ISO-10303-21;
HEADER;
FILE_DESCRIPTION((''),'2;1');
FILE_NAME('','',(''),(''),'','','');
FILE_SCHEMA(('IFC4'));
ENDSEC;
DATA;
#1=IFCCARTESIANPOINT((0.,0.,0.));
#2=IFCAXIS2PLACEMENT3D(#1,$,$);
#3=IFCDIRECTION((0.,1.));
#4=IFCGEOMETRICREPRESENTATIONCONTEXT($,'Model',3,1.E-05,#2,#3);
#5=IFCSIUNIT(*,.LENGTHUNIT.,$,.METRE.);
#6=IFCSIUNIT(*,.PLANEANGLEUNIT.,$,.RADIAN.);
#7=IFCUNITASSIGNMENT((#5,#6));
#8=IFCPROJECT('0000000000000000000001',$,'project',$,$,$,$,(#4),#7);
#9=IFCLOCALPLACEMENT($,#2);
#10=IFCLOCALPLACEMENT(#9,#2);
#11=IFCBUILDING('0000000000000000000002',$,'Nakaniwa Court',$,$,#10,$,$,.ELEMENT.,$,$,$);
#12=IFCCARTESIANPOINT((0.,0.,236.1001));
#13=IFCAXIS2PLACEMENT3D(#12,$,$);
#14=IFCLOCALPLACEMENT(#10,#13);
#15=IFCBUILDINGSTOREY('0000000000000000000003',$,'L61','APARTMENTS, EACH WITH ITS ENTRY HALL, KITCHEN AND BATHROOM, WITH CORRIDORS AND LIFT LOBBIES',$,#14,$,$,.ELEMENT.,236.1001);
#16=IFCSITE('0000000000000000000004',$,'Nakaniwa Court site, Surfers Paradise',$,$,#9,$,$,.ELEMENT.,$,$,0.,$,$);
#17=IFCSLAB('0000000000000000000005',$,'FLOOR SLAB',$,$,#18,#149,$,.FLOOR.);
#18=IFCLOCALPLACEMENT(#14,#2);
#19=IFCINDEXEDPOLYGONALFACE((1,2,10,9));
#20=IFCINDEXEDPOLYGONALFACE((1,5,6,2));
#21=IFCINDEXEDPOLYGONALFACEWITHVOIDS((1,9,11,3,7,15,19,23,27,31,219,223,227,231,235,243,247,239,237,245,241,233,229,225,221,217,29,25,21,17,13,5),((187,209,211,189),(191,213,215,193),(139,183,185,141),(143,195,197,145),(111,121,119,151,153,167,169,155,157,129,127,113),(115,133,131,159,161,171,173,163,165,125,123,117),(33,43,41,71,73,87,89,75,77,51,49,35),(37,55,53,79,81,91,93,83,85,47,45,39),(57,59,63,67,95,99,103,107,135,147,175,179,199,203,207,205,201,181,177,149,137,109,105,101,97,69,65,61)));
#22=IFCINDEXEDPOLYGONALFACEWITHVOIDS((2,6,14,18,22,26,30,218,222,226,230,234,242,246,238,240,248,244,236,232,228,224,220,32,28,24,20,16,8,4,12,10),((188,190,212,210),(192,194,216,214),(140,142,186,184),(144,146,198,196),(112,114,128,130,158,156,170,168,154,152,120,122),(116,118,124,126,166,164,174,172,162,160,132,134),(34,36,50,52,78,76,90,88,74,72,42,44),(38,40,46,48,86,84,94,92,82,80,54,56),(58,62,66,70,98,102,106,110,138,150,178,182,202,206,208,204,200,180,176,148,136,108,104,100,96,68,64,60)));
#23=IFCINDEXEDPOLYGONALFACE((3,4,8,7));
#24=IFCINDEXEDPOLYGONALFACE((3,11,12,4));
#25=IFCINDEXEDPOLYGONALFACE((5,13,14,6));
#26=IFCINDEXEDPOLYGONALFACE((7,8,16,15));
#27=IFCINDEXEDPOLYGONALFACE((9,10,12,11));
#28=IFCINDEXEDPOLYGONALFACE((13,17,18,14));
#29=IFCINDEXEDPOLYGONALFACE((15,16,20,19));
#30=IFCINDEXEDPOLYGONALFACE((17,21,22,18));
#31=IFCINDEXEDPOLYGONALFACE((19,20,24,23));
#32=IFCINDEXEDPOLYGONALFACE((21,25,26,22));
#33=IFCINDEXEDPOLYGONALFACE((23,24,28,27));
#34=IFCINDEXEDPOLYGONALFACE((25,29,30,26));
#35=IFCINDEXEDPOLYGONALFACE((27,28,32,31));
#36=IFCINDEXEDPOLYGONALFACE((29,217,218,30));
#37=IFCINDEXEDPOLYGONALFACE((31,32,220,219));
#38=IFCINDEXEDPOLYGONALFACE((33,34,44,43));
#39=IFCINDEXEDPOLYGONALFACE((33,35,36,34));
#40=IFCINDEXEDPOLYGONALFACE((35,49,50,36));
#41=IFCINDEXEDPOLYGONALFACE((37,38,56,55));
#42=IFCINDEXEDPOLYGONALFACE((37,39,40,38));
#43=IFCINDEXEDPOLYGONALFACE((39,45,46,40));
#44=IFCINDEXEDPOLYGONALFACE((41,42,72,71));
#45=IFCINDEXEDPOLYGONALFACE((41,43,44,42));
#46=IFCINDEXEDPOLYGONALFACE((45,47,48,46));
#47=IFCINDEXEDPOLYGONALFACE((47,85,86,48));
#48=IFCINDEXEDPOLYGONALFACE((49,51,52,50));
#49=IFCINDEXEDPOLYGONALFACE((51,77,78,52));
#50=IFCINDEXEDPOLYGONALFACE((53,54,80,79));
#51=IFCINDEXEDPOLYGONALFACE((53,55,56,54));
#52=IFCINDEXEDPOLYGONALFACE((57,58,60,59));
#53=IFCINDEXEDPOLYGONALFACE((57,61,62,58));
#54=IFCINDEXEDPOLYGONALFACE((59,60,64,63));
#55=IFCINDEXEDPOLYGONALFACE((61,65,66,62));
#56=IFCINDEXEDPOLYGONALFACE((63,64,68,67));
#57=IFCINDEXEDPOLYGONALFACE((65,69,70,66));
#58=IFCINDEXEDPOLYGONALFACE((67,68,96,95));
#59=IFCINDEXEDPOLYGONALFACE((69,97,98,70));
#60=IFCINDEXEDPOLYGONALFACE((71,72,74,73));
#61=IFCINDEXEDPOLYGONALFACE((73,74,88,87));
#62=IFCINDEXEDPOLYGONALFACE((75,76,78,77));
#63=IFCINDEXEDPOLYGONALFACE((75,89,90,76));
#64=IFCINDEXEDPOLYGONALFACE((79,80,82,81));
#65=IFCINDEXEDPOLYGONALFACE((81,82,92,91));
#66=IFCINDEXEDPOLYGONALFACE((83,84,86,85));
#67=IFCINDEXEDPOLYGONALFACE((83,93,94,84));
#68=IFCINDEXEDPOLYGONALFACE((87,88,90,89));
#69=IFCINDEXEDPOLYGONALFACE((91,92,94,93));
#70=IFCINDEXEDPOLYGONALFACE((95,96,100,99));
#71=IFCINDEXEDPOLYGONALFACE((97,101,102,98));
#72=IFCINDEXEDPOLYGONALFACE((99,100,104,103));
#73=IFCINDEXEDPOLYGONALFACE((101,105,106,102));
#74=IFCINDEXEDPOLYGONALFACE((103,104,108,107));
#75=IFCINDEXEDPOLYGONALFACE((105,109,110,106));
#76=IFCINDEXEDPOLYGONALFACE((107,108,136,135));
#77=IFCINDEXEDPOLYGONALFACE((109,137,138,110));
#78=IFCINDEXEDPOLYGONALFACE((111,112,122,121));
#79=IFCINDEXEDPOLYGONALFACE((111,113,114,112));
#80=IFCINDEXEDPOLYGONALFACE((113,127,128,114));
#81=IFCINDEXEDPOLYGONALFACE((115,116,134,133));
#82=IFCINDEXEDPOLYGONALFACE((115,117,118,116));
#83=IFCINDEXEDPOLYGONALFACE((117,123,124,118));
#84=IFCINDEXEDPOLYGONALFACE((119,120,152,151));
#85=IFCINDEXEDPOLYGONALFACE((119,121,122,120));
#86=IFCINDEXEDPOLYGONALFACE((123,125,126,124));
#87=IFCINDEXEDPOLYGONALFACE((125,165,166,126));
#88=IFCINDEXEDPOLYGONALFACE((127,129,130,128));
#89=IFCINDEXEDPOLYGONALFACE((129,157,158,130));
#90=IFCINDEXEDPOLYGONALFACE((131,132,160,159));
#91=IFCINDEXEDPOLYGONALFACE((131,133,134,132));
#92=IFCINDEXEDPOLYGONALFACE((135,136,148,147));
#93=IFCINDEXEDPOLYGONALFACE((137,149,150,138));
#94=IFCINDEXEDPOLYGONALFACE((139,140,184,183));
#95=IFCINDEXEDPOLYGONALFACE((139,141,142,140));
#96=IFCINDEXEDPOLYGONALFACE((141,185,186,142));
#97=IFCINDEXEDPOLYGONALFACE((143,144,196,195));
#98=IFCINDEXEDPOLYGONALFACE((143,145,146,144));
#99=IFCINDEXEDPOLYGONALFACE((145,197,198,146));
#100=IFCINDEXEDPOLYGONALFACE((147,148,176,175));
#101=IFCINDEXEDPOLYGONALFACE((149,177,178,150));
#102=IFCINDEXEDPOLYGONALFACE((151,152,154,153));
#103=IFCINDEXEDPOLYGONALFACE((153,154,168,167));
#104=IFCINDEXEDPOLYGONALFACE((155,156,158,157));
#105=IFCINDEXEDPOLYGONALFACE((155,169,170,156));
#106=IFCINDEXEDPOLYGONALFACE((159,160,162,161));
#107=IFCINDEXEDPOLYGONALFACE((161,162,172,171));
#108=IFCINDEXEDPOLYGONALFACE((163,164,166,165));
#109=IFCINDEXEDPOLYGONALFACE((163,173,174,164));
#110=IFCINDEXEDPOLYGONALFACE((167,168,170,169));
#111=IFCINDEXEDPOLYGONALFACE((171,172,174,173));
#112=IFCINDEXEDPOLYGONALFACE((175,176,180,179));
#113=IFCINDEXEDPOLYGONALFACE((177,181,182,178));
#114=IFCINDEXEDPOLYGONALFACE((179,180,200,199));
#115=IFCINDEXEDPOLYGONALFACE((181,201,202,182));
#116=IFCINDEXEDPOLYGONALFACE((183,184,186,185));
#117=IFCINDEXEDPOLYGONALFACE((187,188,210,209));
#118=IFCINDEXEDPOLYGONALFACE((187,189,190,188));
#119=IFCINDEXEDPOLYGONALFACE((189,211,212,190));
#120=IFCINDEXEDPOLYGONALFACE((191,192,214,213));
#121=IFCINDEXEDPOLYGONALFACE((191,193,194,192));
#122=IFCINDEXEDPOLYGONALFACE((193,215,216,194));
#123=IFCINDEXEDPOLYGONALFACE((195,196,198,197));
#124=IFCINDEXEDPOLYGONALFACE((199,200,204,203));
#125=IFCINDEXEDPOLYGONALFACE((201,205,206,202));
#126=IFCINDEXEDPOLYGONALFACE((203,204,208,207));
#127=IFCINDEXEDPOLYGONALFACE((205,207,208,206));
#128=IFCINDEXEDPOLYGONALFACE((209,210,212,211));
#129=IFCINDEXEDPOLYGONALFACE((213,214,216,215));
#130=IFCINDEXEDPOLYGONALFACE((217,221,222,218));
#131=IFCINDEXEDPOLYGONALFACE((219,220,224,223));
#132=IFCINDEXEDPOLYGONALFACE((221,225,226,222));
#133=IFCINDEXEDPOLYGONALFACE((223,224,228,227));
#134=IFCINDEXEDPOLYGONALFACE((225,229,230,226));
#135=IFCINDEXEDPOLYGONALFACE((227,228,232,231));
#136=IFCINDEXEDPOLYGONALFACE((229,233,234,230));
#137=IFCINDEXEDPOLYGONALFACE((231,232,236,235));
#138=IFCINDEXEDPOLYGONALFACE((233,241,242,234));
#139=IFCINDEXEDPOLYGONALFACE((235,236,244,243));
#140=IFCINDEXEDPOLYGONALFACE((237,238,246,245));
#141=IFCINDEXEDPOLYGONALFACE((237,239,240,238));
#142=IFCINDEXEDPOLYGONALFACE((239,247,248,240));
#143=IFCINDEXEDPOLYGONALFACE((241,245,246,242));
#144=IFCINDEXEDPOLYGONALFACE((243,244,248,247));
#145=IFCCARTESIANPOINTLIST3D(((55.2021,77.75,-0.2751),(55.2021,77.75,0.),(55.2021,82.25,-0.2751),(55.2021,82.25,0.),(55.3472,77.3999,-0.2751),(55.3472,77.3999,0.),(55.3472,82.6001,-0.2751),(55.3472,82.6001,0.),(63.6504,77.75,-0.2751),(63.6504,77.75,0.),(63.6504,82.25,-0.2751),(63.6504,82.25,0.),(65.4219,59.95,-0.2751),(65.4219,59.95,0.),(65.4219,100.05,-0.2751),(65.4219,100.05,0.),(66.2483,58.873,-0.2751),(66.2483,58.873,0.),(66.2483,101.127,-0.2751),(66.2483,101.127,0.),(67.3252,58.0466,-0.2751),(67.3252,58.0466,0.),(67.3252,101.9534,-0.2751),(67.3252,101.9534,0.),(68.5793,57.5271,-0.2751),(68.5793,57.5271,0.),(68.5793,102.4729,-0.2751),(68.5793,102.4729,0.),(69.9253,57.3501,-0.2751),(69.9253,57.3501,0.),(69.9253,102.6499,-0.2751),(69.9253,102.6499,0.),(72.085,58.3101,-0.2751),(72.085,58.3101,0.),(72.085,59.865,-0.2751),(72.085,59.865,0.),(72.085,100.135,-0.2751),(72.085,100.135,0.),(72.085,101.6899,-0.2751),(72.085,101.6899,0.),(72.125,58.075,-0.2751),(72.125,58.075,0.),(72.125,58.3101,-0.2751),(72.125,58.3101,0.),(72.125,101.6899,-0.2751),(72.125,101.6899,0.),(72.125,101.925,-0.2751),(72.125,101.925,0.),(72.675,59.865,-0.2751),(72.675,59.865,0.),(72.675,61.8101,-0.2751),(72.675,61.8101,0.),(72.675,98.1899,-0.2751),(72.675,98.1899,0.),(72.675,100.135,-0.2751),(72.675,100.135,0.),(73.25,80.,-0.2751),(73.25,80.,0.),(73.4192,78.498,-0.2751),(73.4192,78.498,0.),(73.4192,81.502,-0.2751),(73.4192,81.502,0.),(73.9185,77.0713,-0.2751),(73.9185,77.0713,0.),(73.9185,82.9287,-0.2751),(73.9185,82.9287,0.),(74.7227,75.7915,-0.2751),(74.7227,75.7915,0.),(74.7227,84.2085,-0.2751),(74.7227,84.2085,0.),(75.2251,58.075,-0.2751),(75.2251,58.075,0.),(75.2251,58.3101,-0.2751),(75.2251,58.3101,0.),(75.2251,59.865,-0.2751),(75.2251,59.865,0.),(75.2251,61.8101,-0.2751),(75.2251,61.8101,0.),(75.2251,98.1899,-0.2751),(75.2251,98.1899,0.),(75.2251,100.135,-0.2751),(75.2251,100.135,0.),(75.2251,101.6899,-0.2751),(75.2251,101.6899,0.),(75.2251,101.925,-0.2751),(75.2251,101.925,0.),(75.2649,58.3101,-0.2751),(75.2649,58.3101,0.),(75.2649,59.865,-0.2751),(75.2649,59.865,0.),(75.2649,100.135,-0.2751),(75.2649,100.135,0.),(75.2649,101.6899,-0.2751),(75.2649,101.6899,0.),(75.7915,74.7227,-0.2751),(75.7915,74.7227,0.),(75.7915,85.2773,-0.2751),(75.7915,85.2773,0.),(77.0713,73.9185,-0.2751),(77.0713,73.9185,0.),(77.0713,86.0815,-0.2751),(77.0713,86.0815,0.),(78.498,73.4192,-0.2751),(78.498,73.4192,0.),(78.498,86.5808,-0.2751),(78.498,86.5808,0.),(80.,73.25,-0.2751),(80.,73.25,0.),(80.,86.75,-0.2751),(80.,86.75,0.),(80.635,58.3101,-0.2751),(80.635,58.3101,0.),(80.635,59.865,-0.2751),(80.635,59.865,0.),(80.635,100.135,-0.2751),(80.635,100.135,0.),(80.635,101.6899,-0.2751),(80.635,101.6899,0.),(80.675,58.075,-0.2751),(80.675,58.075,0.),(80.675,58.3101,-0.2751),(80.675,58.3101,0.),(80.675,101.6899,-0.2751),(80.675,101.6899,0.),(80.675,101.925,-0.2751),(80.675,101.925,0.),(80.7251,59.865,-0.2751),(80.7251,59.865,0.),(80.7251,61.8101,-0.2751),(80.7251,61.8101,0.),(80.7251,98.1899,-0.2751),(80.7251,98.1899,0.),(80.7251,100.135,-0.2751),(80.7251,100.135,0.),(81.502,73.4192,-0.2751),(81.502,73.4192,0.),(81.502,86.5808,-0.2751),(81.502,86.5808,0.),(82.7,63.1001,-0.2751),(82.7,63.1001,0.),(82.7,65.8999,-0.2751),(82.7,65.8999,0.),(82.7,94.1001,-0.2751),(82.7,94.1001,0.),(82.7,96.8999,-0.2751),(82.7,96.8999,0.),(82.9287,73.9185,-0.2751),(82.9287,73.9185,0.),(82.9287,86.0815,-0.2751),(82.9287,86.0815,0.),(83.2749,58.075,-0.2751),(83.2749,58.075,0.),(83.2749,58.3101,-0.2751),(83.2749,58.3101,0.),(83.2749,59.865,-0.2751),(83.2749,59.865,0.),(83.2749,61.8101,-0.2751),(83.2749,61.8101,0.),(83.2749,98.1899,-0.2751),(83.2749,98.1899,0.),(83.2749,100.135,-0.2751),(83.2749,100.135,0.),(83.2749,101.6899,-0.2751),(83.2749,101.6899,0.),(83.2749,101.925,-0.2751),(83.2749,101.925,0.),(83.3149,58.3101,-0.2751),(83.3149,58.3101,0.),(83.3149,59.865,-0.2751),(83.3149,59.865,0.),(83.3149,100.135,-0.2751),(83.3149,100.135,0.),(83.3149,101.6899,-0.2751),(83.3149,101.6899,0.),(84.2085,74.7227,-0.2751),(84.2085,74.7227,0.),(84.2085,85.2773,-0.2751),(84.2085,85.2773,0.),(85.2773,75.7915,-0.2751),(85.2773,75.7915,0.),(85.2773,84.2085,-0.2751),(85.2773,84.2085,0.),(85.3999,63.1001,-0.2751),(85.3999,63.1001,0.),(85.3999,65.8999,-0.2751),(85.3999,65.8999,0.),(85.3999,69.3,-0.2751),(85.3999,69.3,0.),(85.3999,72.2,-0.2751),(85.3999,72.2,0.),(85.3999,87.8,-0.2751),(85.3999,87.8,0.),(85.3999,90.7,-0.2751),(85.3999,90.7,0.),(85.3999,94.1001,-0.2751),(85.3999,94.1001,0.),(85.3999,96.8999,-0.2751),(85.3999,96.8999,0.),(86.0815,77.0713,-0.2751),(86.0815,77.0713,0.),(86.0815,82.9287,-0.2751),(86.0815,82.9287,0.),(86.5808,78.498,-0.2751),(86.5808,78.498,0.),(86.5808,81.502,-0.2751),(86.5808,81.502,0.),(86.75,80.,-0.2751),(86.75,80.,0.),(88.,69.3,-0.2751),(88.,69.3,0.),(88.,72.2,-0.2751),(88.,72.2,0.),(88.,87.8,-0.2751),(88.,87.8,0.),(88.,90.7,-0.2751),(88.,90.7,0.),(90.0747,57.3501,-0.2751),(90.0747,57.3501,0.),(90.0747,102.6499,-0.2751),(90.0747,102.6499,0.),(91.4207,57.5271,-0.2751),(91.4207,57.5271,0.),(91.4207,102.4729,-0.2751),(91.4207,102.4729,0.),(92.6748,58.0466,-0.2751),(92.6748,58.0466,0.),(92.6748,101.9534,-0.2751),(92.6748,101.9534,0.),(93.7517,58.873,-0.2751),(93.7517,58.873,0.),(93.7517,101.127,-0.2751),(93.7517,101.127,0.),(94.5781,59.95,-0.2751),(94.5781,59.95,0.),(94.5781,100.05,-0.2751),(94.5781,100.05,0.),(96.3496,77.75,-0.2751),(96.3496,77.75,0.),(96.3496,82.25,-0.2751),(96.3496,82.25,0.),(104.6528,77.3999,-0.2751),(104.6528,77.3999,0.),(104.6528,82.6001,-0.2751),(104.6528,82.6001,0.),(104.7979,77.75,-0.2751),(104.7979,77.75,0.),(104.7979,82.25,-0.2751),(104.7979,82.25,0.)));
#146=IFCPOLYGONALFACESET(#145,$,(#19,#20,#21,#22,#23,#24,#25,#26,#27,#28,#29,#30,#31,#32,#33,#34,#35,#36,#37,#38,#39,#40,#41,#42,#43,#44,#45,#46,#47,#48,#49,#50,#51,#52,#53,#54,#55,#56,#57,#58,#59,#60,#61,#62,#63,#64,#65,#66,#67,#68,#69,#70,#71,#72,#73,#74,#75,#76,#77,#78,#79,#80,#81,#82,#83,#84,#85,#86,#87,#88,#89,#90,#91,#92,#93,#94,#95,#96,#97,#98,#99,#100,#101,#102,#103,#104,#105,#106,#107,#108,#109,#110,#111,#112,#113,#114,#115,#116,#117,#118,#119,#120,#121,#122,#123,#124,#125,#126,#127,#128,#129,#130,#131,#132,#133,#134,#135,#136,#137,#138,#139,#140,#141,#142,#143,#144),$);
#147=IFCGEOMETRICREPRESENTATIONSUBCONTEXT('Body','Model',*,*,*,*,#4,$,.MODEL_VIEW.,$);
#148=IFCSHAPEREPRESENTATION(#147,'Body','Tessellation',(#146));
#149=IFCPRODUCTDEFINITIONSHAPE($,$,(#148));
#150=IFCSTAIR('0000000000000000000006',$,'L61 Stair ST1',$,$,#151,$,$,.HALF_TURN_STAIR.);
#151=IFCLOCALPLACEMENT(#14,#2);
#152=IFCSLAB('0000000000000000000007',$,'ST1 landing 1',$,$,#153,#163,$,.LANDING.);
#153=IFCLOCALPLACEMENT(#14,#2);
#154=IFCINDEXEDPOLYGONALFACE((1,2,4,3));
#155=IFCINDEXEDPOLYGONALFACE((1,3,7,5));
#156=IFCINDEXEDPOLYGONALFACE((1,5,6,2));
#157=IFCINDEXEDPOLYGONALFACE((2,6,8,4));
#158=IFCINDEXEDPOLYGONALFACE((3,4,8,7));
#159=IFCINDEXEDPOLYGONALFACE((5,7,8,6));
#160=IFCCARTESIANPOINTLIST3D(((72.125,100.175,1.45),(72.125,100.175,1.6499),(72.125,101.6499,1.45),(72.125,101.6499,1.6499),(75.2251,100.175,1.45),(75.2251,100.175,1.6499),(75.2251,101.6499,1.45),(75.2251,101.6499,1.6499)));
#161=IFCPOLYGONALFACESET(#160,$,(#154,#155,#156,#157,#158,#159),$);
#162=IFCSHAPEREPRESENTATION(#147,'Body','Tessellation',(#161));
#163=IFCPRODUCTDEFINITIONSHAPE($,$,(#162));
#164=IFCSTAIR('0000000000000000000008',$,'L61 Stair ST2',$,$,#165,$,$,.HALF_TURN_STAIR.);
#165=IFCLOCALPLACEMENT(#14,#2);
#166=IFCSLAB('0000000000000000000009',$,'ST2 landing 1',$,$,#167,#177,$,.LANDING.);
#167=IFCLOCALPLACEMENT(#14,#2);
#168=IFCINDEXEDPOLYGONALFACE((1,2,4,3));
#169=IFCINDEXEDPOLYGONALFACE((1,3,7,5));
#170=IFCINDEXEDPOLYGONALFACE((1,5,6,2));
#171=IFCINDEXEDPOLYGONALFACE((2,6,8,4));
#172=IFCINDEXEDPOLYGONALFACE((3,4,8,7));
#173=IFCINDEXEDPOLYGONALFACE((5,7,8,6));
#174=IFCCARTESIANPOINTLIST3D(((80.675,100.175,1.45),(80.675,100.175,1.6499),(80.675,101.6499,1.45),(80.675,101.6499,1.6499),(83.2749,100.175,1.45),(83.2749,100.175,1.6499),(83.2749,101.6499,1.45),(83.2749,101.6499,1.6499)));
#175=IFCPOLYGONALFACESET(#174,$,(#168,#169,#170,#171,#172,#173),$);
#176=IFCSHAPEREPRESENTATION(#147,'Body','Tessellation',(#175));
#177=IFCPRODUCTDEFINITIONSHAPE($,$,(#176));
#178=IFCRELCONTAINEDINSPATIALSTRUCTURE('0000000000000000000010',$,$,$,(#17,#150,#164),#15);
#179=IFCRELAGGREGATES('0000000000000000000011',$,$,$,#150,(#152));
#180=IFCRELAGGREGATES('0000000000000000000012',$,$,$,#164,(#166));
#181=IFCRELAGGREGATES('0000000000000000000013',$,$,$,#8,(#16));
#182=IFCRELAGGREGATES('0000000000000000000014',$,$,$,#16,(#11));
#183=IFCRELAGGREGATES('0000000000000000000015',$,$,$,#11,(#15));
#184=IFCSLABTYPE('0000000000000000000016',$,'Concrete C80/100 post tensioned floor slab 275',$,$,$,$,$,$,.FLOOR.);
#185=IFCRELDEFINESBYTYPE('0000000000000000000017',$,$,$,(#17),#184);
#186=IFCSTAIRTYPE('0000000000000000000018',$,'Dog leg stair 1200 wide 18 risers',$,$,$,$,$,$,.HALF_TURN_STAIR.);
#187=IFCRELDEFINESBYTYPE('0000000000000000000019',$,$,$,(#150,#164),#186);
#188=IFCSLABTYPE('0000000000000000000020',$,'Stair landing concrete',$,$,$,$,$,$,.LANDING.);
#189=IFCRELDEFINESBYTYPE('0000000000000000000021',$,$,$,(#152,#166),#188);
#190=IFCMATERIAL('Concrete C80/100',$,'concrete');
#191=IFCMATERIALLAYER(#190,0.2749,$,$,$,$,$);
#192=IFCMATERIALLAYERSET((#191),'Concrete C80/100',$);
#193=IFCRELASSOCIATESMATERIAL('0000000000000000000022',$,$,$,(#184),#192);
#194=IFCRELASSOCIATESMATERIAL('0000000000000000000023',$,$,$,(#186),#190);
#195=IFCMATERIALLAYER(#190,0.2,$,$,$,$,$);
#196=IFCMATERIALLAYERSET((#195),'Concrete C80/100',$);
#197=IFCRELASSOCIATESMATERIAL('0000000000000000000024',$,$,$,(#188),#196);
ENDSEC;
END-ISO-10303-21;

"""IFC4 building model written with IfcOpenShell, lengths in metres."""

from ifc_helpers import new_model, si_unit, direction, frame, origin, place, context, subcontext, project, spatial, polyline, outline, extrude, material, layer, layer_set, type_object, element, aggregate, save


model = new_model("IFC4")

# Units and contexts
model_context = context("Model", 3, precision=1e-05, world=origin(), true_north=direction((0.0, 1.0)))
body_context = subcontext(model_context, "Body", "Model", "MODEL_VIEW")
ifc_project = project(units=[si_unit("LENGTHUNIT", "METRE"), si_unit("PLANEANGLEUNIT", "RADIAN")], contexts=[model_context])

# Site, building, storey
site_placement = place(None, origin())
site = spatial("IfcSite", under=ifc_project, at=site_placement, Name="Nakaniwa Court site, Surfers Paradise", CompositionType="ELEMENT", RefElevation=0.0)
building_placement = place(site_placement, origin())
building = spatial("IfcBuilding", under=site, at=building_placement, Name="Nakaniwa Court", CompositionType="ELEMENT")
storey_placement = place(building_placement, frame((0.0, 0.0, 236.1001)))
storey = spatial("IfcBuildingStorey", under=building, at=storey_placement, Name="L61", Description="APARTMENTS, EACH WITH ITS ENTRY HALL, KITCHEN AND BATHROOM, WITH CORRIDORS AND LIFT LOBBIES", CompositionType="ELEMENT", Elevation=236.1001)

# Shared definitions
ifc_material_1 = material(Name="Concrete C80/100", Category="concrete")

# Slab
ifc_layer_1 = layer(ifc_material_1, 0.2749)
ifc_layer_set_1 = layer_set([ifc_layer_1], Name="Concrete C80/100")
slab_type_1 = type_object("IfcSlabType", Name="Concrete C80/100 post tensioned floor slab 275", PredefinedType="FLOOR", material=ifc_layer_set_1)
slab_1_placement = place(storey_placement, frame((0.0, 0.0, -0.2751)))
element("IfcSlab", 1, at=slab_1_placement, inside=storey, type_object=slab_type_1, Name="FLOOR SLAB", PredefinedType="FLOOR", context=body_context, shape_type="SweptSolid", body=[
    extrude(outline(polyline([(96.3496, 82.25), (104.7979, 82.25), (104.6528, 82.6001), (94.5781, 100.05), (93.7517, 101.127), (92.6748, 101.9534), (91.4207, 102.4729), (90.0747, 102.6499), (69.9253, 102.6499), (68.5793, 102.4729), (67.3252, 101.9534), (66.2483, 101.127), (65.4219, 100.05), (55.3472, 82.6001), (55.2021, 82.25), (63.6504, 82.25), (63.6504, 77.75), (55.2021, 77.75), (55.3472, 77.3999), (65.4219, 59.95), (66.2483, 58.873), (67.3252, 58.0466), (68.5793, 57.5271), (69.9253, 57.3501), (90.0747, 57.3501), (91.4207, 57.5271), (92.6748, 58.0466), (93.7517, 58.873), (94.5781, 59.95), (104.6528, 77.3999), (104.7979, 77.75), (96.3496, 77.75), (96.3496, 82.25)]), holes=[polyline([(81.502, 86.5808), (80.0, 86.75), (78.498, 86.5808), (77.0713, 86.0815), (75.7915, 85.2773), (74.7227, 84.2085), (73.9185, 82.9287), (73.4192, 81.502), (73.25, 80.0), (73.4192, 78.498), (73.9185, 77.0713), (74.7227, 75.7915), (75.7915, 74.7227), (77.0713, 73.9185), (78.498, 73.4192), (80.0, 73.25), (81.502, 73.4192), (82.9287, 73.9185), (84.2085, 74.7227), (85.2773, 75.7915), (86.0815, 77.0713), (86.5808, 78.498), (86.75, 80.0), (86.5808, 81.502), (86.0815, 82.9287), (85.2773, 84.2085), (84.2085, 85.2773), (82.9287, 86.0815), (81.502, 86.5808)]), polyline([(72.675, 61.8101), (72.675, 59.865), (72.085, 59.865), (72.085, 58.3101), (72.125, 58.3101), (72.125, 58.075), (75.2251, 58.075), (75.2251, 58.3101), (75.2649, 58.3101), (75.2649, 59.865), (75.2251, 59.865), (75.2251, 61.8101), (72.675, 61.8101)]), polyline([(83.2749, 61.8101), (80.7251, 61.8101), (80.7251, 59.865), (80.635, 59.865), (80.635, 58.3101), (80.675, 58.3101), (80.675, 58.075), (83.2749, 58.075), (83.2749, 58.3101), (83.3149, 58.3101), (83.3149, 59.865), (83.2749, 59.865), (83.2749, 61.8101)]), polyline([(75.2649, 101.6899), (75.2251, 101.6899), (75.2251, 101.925), (72.125, 101.925), (72.125, 101.6899), (72.085, 101.6899), (72.085, 100.135), (72.675, 100.135), (72.675, 98.1899), (75.2251, 98.1899), (75.2251, 100.135), (75.2649, 100.135), (75.2649, 101.6899)]), polyline([(83.3149, 100.135), (83.3149, 101.6899), (83.2749, 101.6899), (83.2749, 101.925), (80.675, 101.925), (80.675, 101.6899), (80.635, 101.6899), (80.635, 100.135), (80.7251, 100.135), (80.7251, 98.1899), (83.2749, 98.1899), (83.2749, 100.135), (83.3149, 100.135)]), polyline([(85.3999, 65.8999), (82.7, 65.8999), (82.7, 63.1001), (85.3999, 63.1001), (85.3999, 65.8999)]), polyline([(88.0, 72.2), (85.3999, 72.2), (85.3999, 69.3), (88.0, 69.3), (88.0, 72.2)]), polyline([(85.3999, 90.7), (85.3999, 87.8), (88.0, 87.8), (88.0, 90.7), (85.3999, 90.7)]), polyline([(85.3999, 96.8999), (82.7, 96.8999), (82.7, 94.1001), (85.3999, 94.1001), (85.3999, 96.8999)])]), origin(), (0.0, 0.0, 1.0), 0.2751),
])

# Stairs, slabs
stair_type = type_object("IfcStairType", Name="Dog leg stair 1200 wide 18 risers", PredefinedType="HALF_TURN_STAIR", material=ifc_material_1)
stair_1_placement = place(storey_placement, origin())
stair_1 = element("IfcStair", 2, at=stair_1_placement, inside=storey, type_object=stair_type, Name="L61 Stair ST1", PredefinedType="HALF_TURN_STAIR")
ifc_layer_2 = layer(ifc_material_1, 0.2)
ifc_layer_set_2 = layer_set([ifc_layer_2], Name="Concrete C80/100")
slab_type_2 = type_object("IfcSlabType", Name="Stair landing concrete", PredefinedType="LANDING", material=ifc_layer_set_2)
slab_2_placement = place(storey_placement, frame((0.0, 0.0, 1.45)))
slab_2 = element("IfcSlab", 3, at=slab_2_placement, type_object=slab_type_2, Name="ST1 landing 1", PredefinedType="LANDING", context=body_context, shape_type="SweptSolid", body=[
    extrude(outline(polyline([(75.2251, 100.175), (75.2251, 101.6499), (72.125, 101.6499), (72.125, 100.175), (75.2251, 100.175)])), origin(), (0.0, 0.0, 1.0), 0.2),
])
aggregate(stair_1, [slab_2])
stair_2_placement = place(storey_placement, origin())
stair_2 = element("IfcStair", 4, at=stair_2_placement, inside=storey, type_object=stair_type, Name="L61 Stair ST2", PredefinedType="HALF_TURN_STAIR")
slab_3_placement = place(storey_placement, frame((0.0, 0.0, 1.45)))
slab_3 = element("IfcSlab", 5, at=slab_3_placement, type_object=slab_type_2, Name="ST2 landing 1", PredefinedType="LANDING", context=body_context, shape_type="SweptSolid", body=[
    extrude(outline(polyline([(83.2749, 100.175), (83.2749, 101.6499), (80.675, 101.6499), (80.675, 100.175), (83.2749, 100.175)])), origin(), (0.0, 0.0, 1.0), 0.2),
])
aggregate(stair_2, [slab_3])

save(model, "model.ifc")
